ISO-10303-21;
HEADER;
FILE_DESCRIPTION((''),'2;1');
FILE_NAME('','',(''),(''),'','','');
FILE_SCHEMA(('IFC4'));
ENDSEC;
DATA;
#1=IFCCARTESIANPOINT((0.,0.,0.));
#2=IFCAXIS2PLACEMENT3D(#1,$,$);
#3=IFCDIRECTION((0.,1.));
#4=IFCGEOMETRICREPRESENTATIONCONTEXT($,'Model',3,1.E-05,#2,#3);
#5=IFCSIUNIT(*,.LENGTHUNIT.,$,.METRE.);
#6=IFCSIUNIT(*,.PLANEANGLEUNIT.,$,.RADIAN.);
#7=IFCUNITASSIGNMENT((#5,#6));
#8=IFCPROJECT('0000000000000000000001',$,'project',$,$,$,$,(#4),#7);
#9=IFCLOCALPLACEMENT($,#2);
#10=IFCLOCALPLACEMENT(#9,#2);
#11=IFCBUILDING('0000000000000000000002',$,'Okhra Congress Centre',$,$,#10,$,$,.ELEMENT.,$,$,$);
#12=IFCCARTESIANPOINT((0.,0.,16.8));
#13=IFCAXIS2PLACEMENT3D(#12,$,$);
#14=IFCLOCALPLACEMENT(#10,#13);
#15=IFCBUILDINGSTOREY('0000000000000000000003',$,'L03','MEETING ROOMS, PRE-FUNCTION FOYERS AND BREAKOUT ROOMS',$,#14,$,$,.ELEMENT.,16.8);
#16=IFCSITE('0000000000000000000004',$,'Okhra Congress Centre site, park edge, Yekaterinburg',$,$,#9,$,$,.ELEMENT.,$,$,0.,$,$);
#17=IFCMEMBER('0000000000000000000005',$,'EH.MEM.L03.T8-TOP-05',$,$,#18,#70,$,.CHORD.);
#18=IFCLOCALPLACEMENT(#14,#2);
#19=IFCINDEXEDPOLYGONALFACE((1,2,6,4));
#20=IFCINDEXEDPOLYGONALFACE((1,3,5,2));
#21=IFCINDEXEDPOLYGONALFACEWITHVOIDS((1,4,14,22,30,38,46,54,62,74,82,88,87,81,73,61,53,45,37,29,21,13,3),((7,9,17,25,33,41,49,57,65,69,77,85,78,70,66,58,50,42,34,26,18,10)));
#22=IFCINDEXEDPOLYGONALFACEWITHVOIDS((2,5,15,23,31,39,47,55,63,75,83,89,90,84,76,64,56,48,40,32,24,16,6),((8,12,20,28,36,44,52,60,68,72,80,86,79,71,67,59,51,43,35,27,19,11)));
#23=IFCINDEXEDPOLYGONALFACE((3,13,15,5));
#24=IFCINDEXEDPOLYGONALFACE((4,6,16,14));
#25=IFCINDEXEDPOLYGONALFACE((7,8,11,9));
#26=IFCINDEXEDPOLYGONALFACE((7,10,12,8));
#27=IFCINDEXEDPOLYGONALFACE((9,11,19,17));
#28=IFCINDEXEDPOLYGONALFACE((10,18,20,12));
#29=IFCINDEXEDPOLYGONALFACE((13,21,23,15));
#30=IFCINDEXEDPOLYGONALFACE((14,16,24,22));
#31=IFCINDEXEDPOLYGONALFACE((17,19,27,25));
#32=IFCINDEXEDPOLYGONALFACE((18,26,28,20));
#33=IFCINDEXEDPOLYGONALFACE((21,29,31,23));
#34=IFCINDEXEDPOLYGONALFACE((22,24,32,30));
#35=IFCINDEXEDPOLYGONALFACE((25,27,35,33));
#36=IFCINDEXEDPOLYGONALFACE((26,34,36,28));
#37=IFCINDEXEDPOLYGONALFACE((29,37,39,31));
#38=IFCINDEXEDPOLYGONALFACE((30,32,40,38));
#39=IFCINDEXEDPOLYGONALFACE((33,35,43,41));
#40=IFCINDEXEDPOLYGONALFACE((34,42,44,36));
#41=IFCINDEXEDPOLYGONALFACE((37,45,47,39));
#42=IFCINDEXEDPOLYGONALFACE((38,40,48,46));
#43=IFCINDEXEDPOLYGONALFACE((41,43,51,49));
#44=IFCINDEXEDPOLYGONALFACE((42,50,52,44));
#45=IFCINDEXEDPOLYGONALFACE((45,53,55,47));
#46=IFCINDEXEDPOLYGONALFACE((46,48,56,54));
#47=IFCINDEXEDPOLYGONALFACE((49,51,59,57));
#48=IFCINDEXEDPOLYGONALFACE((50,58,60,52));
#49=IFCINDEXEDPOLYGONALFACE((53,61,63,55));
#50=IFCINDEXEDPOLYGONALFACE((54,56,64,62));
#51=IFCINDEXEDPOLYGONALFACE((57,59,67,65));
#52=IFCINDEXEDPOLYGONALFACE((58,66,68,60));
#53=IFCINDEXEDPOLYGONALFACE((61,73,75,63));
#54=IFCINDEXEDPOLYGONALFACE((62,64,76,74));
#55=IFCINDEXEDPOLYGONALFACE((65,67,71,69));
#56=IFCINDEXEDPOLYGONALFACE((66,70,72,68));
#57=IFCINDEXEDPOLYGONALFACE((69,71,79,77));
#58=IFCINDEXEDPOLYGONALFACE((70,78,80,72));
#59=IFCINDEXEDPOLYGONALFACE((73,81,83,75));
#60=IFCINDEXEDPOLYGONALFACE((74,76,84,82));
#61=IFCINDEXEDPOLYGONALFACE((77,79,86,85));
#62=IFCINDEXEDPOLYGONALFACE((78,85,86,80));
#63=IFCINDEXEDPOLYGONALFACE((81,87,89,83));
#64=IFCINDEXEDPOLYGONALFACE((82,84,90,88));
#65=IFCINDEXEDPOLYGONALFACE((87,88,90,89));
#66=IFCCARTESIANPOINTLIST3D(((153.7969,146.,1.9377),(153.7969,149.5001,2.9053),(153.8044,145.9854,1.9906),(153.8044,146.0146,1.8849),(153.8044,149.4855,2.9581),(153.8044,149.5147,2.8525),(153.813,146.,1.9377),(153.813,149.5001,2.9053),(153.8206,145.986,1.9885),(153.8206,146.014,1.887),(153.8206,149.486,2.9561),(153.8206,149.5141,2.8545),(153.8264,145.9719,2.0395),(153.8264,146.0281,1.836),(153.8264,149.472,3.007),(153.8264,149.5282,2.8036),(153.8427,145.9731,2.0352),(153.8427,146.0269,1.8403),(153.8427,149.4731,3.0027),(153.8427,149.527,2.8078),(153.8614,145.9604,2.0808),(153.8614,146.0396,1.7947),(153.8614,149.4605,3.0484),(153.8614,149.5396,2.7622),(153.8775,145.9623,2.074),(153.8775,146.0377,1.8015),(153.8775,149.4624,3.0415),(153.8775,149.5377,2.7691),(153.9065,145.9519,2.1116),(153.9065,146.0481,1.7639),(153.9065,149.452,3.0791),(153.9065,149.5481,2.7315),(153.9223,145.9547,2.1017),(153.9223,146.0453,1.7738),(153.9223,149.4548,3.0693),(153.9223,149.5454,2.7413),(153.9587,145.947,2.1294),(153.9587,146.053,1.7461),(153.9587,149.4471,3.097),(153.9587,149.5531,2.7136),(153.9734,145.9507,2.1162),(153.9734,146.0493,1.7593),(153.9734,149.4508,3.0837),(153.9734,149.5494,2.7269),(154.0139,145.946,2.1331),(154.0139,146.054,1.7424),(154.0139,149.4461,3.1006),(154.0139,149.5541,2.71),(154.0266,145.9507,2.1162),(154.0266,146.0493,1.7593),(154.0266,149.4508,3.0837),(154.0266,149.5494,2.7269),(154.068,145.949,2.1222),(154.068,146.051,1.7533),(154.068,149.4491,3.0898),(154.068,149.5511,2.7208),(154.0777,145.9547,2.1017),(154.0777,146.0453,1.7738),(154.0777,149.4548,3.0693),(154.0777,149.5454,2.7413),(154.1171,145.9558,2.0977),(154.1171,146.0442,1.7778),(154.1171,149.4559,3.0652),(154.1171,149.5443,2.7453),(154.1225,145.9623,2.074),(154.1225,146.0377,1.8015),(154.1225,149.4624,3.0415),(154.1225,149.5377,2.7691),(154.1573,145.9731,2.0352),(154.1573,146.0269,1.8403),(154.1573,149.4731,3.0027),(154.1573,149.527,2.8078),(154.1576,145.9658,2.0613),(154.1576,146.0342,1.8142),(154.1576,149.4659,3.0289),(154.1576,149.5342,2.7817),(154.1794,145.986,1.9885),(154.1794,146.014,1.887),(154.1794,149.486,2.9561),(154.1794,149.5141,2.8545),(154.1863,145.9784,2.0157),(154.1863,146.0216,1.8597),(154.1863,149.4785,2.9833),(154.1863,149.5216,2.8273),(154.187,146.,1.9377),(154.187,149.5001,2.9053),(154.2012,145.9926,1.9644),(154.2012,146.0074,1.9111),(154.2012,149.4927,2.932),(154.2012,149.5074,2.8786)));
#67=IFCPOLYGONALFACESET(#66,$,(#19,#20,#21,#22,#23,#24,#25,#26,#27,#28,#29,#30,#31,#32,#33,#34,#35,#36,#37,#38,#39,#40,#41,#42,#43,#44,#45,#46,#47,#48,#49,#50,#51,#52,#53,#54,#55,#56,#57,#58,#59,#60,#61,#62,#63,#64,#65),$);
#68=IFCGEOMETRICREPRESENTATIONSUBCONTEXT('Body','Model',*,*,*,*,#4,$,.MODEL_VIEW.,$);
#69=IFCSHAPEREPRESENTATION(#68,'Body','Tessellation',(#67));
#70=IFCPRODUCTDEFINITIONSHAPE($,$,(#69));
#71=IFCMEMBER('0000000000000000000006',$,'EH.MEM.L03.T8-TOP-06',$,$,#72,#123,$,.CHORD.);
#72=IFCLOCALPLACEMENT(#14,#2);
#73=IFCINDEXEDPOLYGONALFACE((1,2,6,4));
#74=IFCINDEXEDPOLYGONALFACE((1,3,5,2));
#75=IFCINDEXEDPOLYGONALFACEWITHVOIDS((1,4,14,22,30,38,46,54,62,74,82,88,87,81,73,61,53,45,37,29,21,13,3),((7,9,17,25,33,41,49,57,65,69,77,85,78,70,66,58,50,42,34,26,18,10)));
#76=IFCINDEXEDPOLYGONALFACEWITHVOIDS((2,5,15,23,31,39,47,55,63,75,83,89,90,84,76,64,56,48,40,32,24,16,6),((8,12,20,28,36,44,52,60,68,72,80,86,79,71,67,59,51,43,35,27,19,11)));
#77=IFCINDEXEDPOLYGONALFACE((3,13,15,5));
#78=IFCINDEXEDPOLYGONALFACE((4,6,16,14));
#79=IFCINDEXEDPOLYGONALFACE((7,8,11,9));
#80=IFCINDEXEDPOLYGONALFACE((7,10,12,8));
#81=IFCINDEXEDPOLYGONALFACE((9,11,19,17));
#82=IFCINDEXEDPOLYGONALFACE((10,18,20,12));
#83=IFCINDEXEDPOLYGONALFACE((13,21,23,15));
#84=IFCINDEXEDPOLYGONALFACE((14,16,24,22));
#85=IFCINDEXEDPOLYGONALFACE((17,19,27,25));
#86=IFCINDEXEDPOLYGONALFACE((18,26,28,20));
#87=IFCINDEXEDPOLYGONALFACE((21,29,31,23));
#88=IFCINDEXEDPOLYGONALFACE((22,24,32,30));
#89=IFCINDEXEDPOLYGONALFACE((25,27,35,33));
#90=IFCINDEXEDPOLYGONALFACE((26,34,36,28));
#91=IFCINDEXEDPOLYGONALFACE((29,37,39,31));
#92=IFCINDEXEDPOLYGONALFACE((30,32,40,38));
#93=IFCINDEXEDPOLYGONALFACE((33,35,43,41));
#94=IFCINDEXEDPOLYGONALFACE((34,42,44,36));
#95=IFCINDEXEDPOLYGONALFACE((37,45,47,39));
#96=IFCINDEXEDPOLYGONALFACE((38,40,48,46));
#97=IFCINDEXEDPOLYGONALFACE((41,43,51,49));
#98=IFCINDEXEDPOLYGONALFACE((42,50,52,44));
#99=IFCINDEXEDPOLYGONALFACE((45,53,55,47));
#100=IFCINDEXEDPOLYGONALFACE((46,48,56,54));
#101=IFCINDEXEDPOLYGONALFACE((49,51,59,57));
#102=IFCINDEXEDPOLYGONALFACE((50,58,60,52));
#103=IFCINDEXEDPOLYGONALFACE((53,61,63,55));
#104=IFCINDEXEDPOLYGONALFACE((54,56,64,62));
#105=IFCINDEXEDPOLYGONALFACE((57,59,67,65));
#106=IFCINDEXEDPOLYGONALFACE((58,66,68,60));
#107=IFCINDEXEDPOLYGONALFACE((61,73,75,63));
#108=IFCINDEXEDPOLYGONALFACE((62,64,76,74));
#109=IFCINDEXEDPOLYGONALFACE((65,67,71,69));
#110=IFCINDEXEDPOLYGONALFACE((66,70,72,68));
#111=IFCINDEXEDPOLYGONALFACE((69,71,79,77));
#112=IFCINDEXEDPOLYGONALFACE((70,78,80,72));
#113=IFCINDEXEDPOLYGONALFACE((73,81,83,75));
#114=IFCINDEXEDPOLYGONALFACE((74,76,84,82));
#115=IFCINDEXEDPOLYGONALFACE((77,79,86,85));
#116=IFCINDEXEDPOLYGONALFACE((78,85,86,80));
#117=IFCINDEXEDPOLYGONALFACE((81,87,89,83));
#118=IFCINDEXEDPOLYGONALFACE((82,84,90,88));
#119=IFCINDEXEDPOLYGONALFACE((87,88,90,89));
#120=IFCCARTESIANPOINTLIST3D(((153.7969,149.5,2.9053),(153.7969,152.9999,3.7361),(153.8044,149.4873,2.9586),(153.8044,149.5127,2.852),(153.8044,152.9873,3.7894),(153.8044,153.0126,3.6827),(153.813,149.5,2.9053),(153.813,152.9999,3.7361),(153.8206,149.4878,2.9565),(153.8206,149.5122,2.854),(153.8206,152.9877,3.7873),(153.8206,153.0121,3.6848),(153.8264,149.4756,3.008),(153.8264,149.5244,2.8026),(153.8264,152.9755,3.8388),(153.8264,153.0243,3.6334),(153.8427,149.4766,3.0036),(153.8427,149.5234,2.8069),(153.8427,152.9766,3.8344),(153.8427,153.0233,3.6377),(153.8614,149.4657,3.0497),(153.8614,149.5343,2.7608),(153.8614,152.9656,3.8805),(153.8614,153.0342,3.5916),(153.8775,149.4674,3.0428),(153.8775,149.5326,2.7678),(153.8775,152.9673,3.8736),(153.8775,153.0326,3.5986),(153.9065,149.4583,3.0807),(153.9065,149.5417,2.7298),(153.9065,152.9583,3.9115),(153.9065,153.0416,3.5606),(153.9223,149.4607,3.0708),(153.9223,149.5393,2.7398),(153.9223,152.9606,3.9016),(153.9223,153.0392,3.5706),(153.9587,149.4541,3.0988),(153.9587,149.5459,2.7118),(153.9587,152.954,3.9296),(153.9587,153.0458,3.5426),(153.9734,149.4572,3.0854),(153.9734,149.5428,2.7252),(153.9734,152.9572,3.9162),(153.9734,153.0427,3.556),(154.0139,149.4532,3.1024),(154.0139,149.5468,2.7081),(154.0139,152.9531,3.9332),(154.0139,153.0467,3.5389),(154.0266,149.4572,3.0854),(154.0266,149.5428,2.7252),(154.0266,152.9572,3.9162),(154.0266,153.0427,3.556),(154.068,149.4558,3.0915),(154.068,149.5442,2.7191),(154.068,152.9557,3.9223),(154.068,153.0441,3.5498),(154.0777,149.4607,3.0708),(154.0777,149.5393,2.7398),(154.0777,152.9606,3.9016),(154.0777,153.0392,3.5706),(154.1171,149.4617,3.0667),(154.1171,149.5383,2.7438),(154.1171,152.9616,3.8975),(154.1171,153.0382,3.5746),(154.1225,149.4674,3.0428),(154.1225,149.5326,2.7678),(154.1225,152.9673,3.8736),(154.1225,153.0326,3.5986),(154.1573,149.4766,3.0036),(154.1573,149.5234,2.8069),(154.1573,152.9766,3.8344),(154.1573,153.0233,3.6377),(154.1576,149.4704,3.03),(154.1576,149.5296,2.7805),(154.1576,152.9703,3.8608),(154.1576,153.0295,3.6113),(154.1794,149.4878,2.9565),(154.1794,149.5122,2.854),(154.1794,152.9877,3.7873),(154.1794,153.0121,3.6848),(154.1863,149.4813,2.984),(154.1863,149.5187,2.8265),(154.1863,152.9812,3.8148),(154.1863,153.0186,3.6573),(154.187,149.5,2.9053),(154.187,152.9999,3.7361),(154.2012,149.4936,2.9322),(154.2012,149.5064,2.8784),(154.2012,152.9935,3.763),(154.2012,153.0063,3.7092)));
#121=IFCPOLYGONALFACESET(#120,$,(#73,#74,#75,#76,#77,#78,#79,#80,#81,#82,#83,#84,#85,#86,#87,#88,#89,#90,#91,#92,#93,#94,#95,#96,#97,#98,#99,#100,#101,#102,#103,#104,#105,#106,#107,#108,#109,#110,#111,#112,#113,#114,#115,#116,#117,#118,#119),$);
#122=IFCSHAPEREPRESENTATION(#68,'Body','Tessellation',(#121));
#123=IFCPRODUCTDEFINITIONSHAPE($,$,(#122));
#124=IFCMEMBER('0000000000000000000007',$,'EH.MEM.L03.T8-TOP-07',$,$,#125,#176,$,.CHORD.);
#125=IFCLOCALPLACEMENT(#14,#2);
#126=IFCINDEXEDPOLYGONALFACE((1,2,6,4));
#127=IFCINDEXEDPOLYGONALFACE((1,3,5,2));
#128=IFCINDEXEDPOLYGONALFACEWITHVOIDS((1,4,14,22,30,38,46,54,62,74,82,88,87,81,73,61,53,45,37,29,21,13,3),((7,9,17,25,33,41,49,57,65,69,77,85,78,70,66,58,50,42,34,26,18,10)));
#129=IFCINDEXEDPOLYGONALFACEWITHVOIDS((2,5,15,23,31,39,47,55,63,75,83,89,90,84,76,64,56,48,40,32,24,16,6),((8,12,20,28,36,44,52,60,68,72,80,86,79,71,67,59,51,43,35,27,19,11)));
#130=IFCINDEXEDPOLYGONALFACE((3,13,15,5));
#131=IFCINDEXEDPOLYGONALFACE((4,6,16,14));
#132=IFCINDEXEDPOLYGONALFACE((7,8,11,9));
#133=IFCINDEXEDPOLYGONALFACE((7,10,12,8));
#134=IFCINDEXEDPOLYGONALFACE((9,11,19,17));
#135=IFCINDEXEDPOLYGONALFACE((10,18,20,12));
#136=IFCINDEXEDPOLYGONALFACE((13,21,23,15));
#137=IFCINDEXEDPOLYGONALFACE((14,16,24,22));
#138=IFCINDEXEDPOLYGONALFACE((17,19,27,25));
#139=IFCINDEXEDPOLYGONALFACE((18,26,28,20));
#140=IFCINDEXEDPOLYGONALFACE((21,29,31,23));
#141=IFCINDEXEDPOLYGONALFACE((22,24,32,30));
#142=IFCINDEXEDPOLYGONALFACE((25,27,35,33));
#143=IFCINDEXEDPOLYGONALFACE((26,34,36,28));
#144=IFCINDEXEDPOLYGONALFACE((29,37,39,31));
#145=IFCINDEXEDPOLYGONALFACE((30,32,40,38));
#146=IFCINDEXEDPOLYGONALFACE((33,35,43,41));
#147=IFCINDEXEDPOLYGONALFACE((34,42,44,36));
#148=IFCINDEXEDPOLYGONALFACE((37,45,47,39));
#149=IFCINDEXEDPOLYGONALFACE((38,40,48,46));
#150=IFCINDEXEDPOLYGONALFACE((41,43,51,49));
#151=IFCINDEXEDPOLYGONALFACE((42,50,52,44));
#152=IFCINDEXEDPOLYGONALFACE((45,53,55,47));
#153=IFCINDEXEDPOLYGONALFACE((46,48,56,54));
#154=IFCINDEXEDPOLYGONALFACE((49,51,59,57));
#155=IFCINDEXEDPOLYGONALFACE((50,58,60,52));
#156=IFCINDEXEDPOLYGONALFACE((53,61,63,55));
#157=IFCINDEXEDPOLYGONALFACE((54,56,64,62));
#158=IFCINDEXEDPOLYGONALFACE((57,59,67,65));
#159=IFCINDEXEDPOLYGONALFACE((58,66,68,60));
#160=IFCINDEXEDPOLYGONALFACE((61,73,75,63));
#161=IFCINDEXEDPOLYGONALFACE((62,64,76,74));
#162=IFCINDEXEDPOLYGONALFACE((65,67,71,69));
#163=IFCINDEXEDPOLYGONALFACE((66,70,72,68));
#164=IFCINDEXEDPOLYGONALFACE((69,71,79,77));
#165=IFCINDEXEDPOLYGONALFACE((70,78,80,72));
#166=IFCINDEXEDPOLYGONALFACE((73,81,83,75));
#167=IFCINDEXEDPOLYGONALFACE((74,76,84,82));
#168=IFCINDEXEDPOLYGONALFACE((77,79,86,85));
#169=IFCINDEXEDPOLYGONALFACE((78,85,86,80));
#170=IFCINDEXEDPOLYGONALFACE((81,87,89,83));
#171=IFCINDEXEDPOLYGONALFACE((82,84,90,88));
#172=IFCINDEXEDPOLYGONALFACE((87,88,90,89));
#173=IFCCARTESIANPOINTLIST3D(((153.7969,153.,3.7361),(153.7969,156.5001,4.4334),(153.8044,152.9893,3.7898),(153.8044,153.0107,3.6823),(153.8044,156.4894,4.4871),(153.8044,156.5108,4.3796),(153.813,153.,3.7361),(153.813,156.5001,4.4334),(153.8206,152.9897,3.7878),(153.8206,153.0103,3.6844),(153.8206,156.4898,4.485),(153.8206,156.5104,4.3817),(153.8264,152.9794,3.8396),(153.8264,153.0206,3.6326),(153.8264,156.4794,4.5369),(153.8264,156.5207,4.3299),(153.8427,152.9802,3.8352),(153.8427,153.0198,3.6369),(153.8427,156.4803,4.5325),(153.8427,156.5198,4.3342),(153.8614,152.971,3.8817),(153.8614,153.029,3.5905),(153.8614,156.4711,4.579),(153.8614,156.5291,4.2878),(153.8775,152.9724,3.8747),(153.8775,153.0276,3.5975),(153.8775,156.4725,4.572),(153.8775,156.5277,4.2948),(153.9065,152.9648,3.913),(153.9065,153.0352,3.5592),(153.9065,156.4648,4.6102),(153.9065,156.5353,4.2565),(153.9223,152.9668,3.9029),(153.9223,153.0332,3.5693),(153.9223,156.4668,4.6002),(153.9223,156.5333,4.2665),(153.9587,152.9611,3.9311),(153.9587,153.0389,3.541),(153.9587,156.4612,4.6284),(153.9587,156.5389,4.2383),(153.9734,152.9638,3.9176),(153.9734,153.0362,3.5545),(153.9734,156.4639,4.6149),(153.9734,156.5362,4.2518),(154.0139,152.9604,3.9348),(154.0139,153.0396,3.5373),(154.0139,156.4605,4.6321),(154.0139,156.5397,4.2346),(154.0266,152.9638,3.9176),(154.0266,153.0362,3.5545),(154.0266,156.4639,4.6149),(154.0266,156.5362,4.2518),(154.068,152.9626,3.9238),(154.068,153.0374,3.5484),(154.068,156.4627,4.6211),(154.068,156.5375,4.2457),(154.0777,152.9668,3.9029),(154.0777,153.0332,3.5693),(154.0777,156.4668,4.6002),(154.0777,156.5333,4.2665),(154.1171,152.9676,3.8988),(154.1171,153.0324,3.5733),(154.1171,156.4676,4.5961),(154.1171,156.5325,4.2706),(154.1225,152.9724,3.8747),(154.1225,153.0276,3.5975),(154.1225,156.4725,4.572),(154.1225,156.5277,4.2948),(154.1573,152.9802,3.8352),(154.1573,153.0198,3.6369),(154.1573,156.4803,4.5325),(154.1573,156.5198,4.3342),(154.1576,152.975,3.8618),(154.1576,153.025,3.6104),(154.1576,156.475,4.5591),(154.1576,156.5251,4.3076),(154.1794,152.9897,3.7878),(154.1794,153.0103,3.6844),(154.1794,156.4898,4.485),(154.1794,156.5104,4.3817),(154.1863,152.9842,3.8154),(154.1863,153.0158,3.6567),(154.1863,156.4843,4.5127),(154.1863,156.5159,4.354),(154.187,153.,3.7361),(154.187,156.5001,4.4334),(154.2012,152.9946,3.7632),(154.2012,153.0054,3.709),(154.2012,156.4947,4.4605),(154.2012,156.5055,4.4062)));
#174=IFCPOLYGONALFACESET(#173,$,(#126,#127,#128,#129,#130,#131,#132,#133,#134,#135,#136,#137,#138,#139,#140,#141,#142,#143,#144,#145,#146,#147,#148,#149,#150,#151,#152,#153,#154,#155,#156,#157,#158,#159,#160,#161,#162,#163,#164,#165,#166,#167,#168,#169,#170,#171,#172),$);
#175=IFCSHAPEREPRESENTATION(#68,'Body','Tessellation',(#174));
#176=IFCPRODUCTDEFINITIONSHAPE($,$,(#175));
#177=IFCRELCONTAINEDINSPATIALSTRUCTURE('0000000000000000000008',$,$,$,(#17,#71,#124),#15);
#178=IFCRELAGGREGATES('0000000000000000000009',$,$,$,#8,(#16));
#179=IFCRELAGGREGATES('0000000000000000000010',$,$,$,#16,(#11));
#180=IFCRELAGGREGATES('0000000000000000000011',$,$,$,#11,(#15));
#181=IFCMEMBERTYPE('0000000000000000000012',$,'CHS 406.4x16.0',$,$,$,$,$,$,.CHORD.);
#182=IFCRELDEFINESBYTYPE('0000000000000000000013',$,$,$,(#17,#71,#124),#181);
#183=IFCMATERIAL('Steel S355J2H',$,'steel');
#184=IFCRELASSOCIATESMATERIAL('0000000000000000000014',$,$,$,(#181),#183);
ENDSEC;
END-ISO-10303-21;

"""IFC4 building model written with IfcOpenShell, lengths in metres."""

from ifc_helpers import new_model, si_unit, direction, frame, origin, origin_2d, place, context, subcontext, project, spatial, hollow_circle, extrude, material, material_profile, profile_set, type_object, element, save


model = new_model("IFC4")

# Units and contexts
model_context = context("Model", 3, precision=1e-05, world=origin(), true_north=direction((0.0, 1.0)))
body_context = subcontext(model_context, "Body", "Model", "MODEL_VIEW")
ifc_project = project(units=[si_unit("LENGTHUNIT", "METRE"), si_unit("PLANEANGLEUNIT", "RADIAN")], contexts=[model_context])

# Site, building, storey
site_placement = place(None, origin())
site = spatial("IfcSite", under=ifc_project, at=site_placement, Name="Okhra Congress Centre site, park edge, Yekaterinburg", CompositionType="ELEMENT", RefElevation=0.0)
building_placement = place(site_placement, origin())
building = spatial("IfcBuilding", under=site, at=building_placement, Name="Okhra Congress Centre", CompositionType="ELEMENT")
storey_placement = place(building_placement, frame((0.0, 0.0, 16.8)))
storey = spatial("IfcBuildingStorey", under=building, at=storey_placement, Name="L03", Description="MEETING ROOMS, PRE-FUNCTION FOYERS AND BREAKOUT ROOMS", CompositionType="ELEMENT", Elevation=16.8)

# Members
ifc_material_1 = material(Name="Steel S355J2H", Category="steel")
ifc_material_profile_1 = material_profile(ifc_material_1, hollow_circle(Radius=0.2031, WallThickness=0.0161, at=origin_2d()), Name="CHS 406.4x16.0")
ifc_profile_set_1 = profile_set([ifc_material_profile_1], Name="Steel S355J2H")
member_type_1 = type_object("IfcMemberType", Name="CHS 406.4x16.0", PredefinedType="CHORD", material=ifc_profile_set_1)
member_1_placement = place(storey_placement, frame((154.0, 146.0, 1.9377), z_axis=(0.0, 0.96385, 0.266444), x_axis=(-1.0, 0.0, 0.0)))
element("IfcMember", 1, at=member_1_placement, inside=storey, type_object=member_type_1, Name="EH.MEM.L03.T8-TOP-05", PredefinedType="CHORD", context=body_context, shape_type="SweptSolid", body=[
    extrude(hollow_circle(Radius=0.2031, WallThickness=0.0161, at=origin_2d()), origin(), (0.0, 0.0, 1.0), 3.6313),
])
member_2_placement = place(storey_placement, frame((154.0, 149.5, 2.9053), z_axis=(0.0, 0.972964, 0.230957), x_axis=(-1.0, 0.0, 0.0)))
element("IfcMember", 2, at=member_2_placement, inside=storey, type_object=member_type_1, Name="EH.MEM.L03.T8-TOP-06", PredefinedType="CHORD", context=body_context, shape_type="SweptSolid", body=[
    extrude(hollow_circle(Radius=0.2031, WallThickness=0.0161, at=origin_2d()), origin(), (0.0, 0.0, 1.0), 3.5972),
])
member_3_placement = place(storey_placement, frame((154.0, 153.0, 3.7361), z_axis=(0.0, 0.980728, 0.195379), x_axis=(-1.0, 0.0, 0.0)))
element("IfcMember", 3, at=member_3_placement, inside=storey, type_object=member_type_1, Name="EH.MEM.L03.T8-TOP-07", PredefinedType="CHORD", context=body_context, shape_type="SweptSolid", body=[
    extrude(hollow_circle(Radius=0.2031, WallThickness=0.0161, at=origin_2d()), origin(), (0.0, 0.0, 1.0), 3.5688),
])

save(model, "model.ifc")
